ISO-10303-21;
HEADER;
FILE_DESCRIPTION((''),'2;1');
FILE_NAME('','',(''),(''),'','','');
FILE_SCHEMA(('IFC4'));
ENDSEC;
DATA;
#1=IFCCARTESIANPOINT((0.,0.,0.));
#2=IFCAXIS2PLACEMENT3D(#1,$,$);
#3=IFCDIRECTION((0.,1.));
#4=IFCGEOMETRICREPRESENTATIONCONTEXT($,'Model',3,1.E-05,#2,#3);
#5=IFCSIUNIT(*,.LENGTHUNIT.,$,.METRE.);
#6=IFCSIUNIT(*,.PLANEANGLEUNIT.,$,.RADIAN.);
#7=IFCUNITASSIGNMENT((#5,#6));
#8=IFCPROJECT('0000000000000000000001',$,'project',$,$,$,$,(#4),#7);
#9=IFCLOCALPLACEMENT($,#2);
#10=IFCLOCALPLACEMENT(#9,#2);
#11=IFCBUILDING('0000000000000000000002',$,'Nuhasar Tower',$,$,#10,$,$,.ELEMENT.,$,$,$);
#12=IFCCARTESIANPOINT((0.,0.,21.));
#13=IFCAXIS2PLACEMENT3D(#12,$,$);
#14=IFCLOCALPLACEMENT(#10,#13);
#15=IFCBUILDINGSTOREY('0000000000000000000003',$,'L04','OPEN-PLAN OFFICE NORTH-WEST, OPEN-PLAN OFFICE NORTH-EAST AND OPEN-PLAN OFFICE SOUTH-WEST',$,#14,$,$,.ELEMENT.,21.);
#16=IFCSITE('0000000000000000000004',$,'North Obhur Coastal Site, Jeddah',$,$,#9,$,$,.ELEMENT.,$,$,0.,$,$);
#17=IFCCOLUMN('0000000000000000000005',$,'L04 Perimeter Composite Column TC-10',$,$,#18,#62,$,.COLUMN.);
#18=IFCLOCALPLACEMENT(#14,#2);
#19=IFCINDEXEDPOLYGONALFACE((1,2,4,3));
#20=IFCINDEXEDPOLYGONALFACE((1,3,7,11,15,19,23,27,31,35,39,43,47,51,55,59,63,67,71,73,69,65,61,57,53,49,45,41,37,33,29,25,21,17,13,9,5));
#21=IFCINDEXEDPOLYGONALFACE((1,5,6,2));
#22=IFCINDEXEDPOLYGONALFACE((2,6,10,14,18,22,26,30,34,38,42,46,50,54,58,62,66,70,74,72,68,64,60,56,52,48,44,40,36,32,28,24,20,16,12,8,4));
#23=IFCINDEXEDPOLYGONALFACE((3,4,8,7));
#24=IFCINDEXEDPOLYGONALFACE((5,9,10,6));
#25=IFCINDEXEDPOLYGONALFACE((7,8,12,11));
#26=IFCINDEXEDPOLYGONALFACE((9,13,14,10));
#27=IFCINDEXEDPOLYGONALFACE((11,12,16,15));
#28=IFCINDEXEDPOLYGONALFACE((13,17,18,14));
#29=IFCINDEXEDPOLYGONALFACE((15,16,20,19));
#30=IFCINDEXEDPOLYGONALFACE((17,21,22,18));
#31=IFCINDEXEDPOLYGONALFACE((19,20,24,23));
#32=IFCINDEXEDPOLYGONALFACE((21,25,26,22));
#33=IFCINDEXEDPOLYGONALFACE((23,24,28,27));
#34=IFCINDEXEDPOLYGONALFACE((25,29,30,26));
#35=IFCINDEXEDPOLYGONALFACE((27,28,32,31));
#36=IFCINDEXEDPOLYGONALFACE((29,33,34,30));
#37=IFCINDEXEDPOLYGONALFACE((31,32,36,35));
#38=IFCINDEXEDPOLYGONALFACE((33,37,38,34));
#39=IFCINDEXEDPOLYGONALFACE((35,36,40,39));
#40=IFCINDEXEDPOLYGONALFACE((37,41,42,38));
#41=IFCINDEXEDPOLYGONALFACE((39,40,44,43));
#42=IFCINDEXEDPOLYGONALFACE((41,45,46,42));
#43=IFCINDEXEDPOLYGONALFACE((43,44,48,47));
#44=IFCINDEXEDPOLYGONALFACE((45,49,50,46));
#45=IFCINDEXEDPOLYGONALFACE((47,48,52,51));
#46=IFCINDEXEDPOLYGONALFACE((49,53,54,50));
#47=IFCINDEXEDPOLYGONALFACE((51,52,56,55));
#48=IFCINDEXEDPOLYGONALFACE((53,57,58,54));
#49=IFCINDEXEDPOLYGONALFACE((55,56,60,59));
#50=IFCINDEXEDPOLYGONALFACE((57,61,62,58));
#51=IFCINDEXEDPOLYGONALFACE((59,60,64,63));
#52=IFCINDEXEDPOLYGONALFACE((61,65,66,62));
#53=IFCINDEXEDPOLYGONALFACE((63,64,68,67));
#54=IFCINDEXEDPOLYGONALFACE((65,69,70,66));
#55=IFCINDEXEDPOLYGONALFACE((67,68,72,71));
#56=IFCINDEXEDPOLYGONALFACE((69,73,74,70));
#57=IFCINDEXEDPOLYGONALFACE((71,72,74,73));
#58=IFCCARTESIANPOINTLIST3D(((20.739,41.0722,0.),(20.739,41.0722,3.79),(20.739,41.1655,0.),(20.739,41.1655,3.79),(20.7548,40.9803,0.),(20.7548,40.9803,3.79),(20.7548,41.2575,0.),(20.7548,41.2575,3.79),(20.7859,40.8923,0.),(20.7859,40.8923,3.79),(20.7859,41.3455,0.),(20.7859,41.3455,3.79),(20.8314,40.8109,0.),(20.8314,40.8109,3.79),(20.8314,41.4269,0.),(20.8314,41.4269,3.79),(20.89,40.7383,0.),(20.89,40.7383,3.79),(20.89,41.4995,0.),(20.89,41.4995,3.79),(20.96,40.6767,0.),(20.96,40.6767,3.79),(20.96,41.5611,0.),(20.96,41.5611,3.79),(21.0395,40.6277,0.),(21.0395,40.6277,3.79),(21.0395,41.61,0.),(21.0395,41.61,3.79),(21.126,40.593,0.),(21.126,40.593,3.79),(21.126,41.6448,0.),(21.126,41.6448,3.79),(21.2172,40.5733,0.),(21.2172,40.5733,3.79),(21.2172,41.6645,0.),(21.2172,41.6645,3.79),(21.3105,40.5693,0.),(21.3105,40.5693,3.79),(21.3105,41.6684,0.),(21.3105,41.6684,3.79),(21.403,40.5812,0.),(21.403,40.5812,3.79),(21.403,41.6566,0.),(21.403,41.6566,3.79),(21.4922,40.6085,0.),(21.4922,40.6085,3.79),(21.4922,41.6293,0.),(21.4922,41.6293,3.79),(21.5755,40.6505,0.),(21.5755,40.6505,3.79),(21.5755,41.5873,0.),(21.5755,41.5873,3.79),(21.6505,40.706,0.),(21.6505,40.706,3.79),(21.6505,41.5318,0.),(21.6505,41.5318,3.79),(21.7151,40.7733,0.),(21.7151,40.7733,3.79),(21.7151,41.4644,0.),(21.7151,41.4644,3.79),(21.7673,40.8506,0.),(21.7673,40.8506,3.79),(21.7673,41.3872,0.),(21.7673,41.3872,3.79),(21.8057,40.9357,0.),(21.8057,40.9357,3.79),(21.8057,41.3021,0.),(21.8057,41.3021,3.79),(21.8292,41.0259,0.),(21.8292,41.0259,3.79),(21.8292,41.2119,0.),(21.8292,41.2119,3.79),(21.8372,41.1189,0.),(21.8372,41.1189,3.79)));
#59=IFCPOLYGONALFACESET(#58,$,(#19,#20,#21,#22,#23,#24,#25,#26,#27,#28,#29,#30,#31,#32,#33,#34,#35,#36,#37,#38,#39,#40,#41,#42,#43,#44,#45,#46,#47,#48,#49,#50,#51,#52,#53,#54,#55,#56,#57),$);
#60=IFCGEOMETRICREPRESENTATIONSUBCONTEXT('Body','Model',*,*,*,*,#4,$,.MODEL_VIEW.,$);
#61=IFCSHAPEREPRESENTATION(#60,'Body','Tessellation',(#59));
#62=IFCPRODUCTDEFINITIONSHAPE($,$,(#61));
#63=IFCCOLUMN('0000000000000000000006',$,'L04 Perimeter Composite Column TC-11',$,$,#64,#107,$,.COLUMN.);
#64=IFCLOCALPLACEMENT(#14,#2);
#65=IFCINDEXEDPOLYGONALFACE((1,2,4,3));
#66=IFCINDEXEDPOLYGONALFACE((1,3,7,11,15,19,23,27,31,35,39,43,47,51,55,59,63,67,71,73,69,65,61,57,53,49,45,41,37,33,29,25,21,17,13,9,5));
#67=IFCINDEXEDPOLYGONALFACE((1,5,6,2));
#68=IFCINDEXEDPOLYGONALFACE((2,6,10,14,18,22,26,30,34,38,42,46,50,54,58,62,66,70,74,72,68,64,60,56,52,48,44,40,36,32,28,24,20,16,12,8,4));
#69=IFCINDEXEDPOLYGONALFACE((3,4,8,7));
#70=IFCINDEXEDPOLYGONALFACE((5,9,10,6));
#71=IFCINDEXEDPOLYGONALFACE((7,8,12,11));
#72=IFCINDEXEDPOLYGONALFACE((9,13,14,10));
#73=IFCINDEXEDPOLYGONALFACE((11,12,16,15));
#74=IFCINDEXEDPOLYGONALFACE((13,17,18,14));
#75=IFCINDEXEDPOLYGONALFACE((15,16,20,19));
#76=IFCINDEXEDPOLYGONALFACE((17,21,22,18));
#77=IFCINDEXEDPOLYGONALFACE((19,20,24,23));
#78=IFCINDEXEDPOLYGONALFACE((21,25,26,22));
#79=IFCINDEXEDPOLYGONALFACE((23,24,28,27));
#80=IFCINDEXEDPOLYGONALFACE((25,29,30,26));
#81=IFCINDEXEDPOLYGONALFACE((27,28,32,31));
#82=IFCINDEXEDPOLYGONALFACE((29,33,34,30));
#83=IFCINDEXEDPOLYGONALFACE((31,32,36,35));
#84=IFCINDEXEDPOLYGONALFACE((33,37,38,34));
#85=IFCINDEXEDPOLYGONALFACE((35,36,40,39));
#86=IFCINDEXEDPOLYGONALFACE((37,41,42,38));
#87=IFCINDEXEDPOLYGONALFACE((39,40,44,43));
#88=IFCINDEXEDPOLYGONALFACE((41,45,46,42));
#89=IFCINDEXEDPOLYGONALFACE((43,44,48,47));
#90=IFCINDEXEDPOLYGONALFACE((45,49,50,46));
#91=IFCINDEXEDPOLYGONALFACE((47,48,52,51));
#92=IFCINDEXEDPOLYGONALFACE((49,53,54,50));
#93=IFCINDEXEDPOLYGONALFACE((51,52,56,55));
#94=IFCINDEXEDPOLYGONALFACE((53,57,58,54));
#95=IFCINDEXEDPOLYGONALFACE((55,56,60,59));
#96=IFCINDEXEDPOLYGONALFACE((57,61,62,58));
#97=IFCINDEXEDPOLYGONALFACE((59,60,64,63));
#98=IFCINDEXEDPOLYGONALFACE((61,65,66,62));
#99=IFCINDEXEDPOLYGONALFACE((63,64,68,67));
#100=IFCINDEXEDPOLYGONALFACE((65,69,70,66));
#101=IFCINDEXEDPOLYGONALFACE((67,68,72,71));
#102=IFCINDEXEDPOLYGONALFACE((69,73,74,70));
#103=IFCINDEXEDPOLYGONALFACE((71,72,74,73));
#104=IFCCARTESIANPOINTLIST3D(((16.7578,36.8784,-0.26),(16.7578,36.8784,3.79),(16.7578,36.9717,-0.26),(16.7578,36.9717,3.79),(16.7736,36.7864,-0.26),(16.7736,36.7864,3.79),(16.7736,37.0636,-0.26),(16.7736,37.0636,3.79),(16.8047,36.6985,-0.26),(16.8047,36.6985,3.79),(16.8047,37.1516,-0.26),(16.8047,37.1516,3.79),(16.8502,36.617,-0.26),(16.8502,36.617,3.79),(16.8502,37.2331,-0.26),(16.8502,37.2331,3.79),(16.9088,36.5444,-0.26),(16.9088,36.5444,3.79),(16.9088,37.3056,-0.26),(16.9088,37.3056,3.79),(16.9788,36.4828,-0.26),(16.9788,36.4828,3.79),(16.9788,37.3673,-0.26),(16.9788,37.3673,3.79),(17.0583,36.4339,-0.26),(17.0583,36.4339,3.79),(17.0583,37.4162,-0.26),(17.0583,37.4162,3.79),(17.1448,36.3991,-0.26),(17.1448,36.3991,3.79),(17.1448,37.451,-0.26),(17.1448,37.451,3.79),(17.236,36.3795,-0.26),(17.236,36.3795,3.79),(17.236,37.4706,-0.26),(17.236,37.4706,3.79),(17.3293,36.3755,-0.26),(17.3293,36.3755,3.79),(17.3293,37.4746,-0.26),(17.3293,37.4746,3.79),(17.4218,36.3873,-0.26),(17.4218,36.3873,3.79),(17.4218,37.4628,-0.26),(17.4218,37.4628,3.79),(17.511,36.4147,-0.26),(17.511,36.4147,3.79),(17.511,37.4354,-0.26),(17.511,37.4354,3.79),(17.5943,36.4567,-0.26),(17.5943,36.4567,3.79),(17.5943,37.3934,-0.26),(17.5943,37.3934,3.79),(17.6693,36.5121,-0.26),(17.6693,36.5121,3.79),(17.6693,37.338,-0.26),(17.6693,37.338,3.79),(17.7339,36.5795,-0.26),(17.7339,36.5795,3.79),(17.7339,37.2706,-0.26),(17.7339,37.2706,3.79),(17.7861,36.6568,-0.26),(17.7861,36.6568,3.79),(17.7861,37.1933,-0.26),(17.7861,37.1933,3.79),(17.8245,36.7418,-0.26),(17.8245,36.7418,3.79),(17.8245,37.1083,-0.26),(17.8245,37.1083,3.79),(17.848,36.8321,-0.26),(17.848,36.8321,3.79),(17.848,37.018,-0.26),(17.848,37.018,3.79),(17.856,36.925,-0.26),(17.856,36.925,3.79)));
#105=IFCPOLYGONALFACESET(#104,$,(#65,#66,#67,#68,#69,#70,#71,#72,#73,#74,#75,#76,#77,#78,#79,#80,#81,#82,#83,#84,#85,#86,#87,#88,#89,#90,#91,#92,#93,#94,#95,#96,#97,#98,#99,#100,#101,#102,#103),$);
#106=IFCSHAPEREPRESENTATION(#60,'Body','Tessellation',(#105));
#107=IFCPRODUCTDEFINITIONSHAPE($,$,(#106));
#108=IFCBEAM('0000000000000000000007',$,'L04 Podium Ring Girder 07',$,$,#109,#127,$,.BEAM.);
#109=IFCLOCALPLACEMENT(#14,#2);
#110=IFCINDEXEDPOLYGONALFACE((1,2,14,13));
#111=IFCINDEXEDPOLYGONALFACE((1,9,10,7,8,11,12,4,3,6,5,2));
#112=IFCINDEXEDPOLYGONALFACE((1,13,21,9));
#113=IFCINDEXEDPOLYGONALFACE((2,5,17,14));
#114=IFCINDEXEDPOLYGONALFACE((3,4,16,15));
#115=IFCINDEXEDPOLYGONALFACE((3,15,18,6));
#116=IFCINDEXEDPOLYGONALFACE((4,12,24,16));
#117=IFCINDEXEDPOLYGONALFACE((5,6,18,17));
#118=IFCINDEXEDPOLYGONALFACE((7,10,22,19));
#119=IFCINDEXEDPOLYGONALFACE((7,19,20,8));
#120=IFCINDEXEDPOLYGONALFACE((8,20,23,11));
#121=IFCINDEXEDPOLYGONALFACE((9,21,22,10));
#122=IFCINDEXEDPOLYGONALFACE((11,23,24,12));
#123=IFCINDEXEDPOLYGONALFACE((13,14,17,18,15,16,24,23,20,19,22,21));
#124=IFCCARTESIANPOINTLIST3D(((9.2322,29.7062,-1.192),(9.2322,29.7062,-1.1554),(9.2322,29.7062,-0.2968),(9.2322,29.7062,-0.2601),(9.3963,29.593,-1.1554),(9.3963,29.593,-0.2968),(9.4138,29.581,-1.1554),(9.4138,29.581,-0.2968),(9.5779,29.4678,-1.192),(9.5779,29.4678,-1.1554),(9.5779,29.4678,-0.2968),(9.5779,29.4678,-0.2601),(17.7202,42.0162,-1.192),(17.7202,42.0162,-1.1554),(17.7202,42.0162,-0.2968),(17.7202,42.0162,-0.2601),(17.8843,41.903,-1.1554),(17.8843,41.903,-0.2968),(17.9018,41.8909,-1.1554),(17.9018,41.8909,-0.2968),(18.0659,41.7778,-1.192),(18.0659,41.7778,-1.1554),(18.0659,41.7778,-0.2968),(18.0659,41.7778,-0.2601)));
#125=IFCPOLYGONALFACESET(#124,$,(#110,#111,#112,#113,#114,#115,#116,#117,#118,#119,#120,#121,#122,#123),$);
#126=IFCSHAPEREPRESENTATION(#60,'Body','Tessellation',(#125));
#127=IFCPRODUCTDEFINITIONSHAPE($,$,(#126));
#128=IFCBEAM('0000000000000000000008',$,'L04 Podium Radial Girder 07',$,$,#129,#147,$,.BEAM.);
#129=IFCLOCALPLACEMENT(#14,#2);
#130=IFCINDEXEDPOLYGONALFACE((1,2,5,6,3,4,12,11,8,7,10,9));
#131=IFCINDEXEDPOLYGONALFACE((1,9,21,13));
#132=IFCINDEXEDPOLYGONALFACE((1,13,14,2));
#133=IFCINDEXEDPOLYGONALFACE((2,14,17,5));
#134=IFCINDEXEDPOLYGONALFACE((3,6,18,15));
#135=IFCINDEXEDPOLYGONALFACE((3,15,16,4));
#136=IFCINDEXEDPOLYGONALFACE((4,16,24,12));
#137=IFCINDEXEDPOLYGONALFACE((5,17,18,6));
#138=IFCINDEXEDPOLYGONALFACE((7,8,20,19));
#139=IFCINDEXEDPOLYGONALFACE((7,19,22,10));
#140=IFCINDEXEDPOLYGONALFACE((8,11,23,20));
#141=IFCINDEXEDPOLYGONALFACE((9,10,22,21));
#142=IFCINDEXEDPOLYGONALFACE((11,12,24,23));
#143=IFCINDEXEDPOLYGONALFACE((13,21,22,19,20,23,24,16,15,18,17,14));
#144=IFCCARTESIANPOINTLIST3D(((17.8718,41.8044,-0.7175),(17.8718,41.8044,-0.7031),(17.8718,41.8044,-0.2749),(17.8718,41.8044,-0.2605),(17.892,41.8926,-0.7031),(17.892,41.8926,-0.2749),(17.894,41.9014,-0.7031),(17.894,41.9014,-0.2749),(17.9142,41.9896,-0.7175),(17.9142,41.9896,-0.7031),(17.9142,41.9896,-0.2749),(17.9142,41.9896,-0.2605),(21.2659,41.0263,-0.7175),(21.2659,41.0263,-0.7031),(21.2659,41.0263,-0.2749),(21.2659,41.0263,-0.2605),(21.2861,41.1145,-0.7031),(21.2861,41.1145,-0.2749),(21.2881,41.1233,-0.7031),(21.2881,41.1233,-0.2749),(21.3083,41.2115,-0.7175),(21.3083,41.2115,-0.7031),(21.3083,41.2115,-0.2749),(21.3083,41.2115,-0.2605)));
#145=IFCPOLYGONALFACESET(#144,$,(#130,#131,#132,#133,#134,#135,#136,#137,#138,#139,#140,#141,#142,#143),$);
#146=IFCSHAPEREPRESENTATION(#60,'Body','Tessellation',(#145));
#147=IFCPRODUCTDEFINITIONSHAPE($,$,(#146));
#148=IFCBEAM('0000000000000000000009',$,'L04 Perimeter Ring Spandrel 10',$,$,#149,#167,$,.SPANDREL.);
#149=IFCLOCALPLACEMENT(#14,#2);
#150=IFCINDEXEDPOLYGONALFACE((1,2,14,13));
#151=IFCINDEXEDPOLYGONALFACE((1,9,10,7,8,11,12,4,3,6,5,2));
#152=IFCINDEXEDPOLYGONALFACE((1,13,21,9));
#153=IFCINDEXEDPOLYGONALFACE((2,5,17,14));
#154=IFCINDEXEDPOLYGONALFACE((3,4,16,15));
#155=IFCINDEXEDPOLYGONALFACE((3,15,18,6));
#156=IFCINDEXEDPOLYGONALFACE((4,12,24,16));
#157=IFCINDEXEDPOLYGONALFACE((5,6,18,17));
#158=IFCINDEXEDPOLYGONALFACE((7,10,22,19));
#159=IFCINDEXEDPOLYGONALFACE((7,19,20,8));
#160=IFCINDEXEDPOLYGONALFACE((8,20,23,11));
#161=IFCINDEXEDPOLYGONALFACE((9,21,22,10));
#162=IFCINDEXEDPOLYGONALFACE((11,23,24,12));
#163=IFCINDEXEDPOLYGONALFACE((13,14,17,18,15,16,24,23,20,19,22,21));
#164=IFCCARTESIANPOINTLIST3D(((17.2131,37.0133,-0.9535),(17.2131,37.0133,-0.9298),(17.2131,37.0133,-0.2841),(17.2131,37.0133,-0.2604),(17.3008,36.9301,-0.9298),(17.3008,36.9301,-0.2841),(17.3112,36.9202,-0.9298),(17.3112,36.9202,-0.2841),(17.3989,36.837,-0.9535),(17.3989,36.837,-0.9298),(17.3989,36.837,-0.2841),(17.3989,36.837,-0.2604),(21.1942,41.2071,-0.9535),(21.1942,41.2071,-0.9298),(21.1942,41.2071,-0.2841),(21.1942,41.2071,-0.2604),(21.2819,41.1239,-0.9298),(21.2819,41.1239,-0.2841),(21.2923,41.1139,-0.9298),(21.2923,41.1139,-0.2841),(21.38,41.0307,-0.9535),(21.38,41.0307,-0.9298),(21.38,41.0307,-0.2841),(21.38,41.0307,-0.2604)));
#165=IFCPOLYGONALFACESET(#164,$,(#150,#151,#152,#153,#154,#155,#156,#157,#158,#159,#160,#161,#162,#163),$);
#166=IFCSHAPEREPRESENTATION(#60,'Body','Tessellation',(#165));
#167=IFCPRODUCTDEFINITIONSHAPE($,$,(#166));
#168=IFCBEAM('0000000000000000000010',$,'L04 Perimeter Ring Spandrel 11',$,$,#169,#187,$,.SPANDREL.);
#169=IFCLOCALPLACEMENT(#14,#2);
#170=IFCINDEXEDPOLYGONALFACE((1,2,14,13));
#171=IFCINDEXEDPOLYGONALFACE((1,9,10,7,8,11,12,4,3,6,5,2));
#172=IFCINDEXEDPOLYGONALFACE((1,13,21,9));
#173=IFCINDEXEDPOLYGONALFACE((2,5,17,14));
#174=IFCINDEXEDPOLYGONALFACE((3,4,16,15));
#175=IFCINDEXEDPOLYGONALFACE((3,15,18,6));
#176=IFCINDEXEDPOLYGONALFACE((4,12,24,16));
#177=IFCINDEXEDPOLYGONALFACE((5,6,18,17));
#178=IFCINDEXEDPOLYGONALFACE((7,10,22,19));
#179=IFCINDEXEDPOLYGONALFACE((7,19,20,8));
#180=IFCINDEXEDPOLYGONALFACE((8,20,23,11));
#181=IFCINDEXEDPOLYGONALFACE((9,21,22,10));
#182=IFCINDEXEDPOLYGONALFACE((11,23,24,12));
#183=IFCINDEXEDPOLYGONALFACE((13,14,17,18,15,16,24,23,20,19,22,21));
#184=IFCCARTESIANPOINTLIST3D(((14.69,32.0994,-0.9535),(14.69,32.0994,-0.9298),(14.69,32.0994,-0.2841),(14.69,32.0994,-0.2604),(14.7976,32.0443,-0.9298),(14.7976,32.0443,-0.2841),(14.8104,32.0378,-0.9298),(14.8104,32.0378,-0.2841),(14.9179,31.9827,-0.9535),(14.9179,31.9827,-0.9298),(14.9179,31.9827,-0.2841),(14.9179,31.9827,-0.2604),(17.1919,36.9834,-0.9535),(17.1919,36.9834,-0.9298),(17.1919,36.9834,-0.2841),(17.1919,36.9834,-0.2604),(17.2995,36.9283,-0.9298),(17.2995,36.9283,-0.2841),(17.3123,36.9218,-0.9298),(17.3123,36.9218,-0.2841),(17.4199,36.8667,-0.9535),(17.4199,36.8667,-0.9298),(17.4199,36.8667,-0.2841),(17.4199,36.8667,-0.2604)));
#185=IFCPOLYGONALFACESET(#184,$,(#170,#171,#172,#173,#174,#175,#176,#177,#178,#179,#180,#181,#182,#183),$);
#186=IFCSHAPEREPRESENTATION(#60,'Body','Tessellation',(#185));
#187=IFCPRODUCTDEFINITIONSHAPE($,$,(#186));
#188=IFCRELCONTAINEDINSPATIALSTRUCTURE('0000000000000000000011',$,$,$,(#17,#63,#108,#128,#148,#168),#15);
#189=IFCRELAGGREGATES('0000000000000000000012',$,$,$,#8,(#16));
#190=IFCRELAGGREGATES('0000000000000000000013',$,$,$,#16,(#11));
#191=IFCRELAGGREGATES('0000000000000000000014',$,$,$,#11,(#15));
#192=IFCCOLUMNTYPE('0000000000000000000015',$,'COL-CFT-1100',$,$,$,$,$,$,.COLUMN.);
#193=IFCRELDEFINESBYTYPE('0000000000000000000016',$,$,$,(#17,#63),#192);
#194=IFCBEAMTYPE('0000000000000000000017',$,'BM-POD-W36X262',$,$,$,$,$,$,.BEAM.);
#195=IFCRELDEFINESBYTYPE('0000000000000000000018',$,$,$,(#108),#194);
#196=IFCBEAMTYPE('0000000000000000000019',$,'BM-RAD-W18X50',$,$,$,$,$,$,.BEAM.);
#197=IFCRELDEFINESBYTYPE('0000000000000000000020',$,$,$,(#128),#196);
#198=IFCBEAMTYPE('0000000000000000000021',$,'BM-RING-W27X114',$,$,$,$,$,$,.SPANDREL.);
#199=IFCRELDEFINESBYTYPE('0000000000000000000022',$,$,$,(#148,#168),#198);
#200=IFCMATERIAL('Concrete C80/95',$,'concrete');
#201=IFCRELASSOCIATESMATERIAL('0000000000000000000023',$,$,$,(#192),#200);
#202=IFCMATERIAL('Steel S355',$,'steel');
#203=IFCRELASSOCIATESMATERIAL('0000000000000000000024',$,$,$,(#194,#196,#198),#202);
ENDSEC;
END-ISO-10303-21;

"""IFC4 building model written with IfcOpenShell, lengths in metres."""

from ifc_helpers import new_model, si_unit, direction, frame, origin, origin_2d, place, context, subcontext, project, spatial, circle, i_section, extrude, material, material_profile, profile_set, type_object, element, save


model = new_model("IFC4")

# Units and contexts
model_context = context("Model", 3, precision=1e-05, world=origin(), true_north=direction((0.0, 1.0)))
body_context = subcontext(model_context, "Body", "Model", "MODEL_VIEW")
ifc_project = project(units=[si_unit("LENGTHUNIT", "METRE"), si_unit("PLANEANGLEUNIT", "RADIAN")], contexts=[model_context])

# Site, building, storey
site_placement = place(None, origin())
site = spatial("IfcSite", under=ifc_project, at=site_placement, Name="North Obhur Coastal Site, Jeddah", CompositionType="ELEMENT", RefElevation=0.0)
building_placement = place(site_placement, origin())
building = spatial("IfcBuilding", under=site, at=building_placement, Name="Nuhasar Tower", CompositionType="ELEMENT")
storey_placement = place(building_placement, frame((0.0, 0.0, 21.0)))
storey = spatial("IfcBuildingStorey", under=building, at=storey_placement, Name="L04", Description="OPEN-PLAN OFFICE NORTH-WEST, OPEN-PLAN OFFICE NORTH-EAST AND OPEN-PLAN OFFICE SOUTH-WEST", CompositionType="ELEMENT", Elevation=21.0)

# Columns
ifc_material_1 = material(Name="Concrete C80/95", Category="concrete")
ifc_material_profile_1 = material_profile(ifc_material_1, circle(Radius=0.55, at=origin_2d()), Name="CFT1100")
ifc_profile_set_1 = profile_set([ifc_material_profile_1], Name="Concrete C80/95")
column_type = type_object("IfcColumnType", Name="COL-CFT-1100", PredefinedType="COLUMN", material=ifc_profile_set_1)
column_1_placement = place(storey_placement, frame((21.2871, 41.1189, 0.0), z_axis=(0.0, 0.0, 1.0), x_axis=(1.0, 0.0, 0.0)))
element("IfcColumn", 1, at=column_1_placement, inside=storey, type_object=column_type, Name="L04 Perimeter Composite Column TC-10", PredefinedType="COLUMN", context=body_context, shape_type="SweptSolid", body=[
    extrude(circle(Radius=0.55, at=origin_2d()), origin(), (0.0, 0.0, 1.0), 3.79),
])
column_2_placement = place(storey_placement, frame((17.3059, 36.925, -0.26), z_axis=(0.0, 0.0, 1.0), x_axis=(1.0, 0.0, 0.0)))
element("IfcColumn", 2, at=column_2_placement, inside=storey, type_object=column_type, Name="L04 Perimeter Composite Column TC-11", PredefinedType="COLUMN", context=body_context, shape_type="SweptSolid", body=[
    extrude(circle(Radius=0.55, at=origin_2d()), origin(), (0.0, 0.0, 1.0), 4.05),
])

# Beams
ifc_material_2 = material(Name="Steel S355", Category="steel")
ifc_material_profile_2 = material_profile(ifc_material_2, i_section(OverallWidth=0.4199, OverallDepth=0.9319, WebThickness=0.0212, FlangeThickness=0.0366, at=origin_2d()), Name="W36X262")
ifc_profile_set_2 = profile_set([ifc_material_profile_2], Name="Steel S355")
beam_type_1 = type_object("IfcBeamType", Name="BM-POD-W36X262", PredefinedType="BEAM", material=ifc_profile_set_2)
beam_1_placement = place(storey_placement, frame((17.8931, 41.897, -0.7261), z_axis=(-0.567658, -0.823265, 0.0), x_axis=(0.823265, -0.567658, 0.0)))
element("IfcBeam", 3, at=beam_1_placement, inside=storey, type_object=beam_type_1, Name="L04 Podium Ring Girder 07", PredefinedType="BEAM", context=body_context, shape_type="SweptSolid", body=[
    extrude(i_section(OverallWidth=0.4199, OverallDepth=0.9319, WebThickness=0.0212, FlangeThickness=0.0366, at=origin_2d()), origin(), (0.0, 0.0, 1.0), 14.9526),
])
ifc_material_profile_3 = material_profile(ifc_material_2, i_section(OverallWidth=0.1899, OverallDepth=0.457, WebThickness=0.009, FlangeThickness=0.0144, at=origin_2d()), Name="W18X50")
ifc_profile_set_3 = profile_set([ifc_material_profile_3], Name="Steel S355")
beam_type_2 = type_object("IfcBeamType", Name="BM-RAD-W18X50", PredefinedType="BEAM", material=ifc_profile_set_3)
beam_2_placement = place(storey_placement, frame((21.2871, 41.1189, -0.489), z_axis=(-0.974715, 0.223451, 0.0), x_axis=(-0.223451, -0.974715, 0.0)))
element("IfcBeam", 4, at=beam_2_placement, inside=storey, type_object=beam_type_2, Name="L04 Podium Radial Girder 07", PredefinedType="BEAM", context=body_context, shape_type="SweptSolid", body=[
    extrude(i_section(OverallWidth=0.1899, OverallDepth=0.457, WebThickness=0.009, FlangeThickness=0.0144, at=origin_2d()), origin(), (0.0, 0.0, 1.0), 3.4822),
])
ifc_material_profile_4 = material_profile(ifc_material_2, i_section(OverallWidth=0.2561, OverallDepth=0.6931, WebThickness=0.0144, FlangeThickness=0.0237, at=origin_2d()), Name="W27X114")
ifc_profile_set_4 = profile_set([ifc_material_profile_4], Name="Steel S355")
beam_type_3 = type_object("IfcBeamType", Name="BM-RING-W27X114", PredefinedType="SPANDREL", material=ifc_profile_set_4)
beam_3_placement = place(storey_placement, frame((21.2871, 41.1189, -0.6069), z_axis=(-0.688481, -0.725254, 0.0), x_axis=(0.725254, -0.688481, 0.0)))
element("IfcBeam", 5, at=beam_3_placement, inside=storey, type_object=beam_type_3, Name="L04 Perimeter Ring Spandrel 10", PredefinedType="SPANDREL", context=body_context, shape_type="SweptSolid", body=[
    extrude(i_section(OverallWidth=0.2561, OverallDepth=0.6931, WebThickness=0.0144, FlangeThickness=0.0237, at=origin_2d()), origin(), (0.0, 0.0, 1.0), 5.7825),
])
beam_4_placement = place(storey_placement, frame((17.3059, 36.925, -0.6069), z_axis=(-0.45593, -0.890016, 0.0), x_axis=(0.890016, -0.45593, 0.0)))
element("IfcBeam", 6, at=beam_4_placement, inside=storey, type_object=beam_type_3, Name="L04 Perimeter Ring Spandrel 11", PredefinedType="SPANDREL", context=body_context, shape_type="SweptSolid", body=[
    extrude(i_section(OverallWidth=0.2561, OverallDepth=0.6931, WebThickness=0.0144, FlangeThickness=0.0237, at=origin_2d()), origin(), (0.0, 0.0, 1.0), 5.4875),
])

save(model, "model.ifc")
